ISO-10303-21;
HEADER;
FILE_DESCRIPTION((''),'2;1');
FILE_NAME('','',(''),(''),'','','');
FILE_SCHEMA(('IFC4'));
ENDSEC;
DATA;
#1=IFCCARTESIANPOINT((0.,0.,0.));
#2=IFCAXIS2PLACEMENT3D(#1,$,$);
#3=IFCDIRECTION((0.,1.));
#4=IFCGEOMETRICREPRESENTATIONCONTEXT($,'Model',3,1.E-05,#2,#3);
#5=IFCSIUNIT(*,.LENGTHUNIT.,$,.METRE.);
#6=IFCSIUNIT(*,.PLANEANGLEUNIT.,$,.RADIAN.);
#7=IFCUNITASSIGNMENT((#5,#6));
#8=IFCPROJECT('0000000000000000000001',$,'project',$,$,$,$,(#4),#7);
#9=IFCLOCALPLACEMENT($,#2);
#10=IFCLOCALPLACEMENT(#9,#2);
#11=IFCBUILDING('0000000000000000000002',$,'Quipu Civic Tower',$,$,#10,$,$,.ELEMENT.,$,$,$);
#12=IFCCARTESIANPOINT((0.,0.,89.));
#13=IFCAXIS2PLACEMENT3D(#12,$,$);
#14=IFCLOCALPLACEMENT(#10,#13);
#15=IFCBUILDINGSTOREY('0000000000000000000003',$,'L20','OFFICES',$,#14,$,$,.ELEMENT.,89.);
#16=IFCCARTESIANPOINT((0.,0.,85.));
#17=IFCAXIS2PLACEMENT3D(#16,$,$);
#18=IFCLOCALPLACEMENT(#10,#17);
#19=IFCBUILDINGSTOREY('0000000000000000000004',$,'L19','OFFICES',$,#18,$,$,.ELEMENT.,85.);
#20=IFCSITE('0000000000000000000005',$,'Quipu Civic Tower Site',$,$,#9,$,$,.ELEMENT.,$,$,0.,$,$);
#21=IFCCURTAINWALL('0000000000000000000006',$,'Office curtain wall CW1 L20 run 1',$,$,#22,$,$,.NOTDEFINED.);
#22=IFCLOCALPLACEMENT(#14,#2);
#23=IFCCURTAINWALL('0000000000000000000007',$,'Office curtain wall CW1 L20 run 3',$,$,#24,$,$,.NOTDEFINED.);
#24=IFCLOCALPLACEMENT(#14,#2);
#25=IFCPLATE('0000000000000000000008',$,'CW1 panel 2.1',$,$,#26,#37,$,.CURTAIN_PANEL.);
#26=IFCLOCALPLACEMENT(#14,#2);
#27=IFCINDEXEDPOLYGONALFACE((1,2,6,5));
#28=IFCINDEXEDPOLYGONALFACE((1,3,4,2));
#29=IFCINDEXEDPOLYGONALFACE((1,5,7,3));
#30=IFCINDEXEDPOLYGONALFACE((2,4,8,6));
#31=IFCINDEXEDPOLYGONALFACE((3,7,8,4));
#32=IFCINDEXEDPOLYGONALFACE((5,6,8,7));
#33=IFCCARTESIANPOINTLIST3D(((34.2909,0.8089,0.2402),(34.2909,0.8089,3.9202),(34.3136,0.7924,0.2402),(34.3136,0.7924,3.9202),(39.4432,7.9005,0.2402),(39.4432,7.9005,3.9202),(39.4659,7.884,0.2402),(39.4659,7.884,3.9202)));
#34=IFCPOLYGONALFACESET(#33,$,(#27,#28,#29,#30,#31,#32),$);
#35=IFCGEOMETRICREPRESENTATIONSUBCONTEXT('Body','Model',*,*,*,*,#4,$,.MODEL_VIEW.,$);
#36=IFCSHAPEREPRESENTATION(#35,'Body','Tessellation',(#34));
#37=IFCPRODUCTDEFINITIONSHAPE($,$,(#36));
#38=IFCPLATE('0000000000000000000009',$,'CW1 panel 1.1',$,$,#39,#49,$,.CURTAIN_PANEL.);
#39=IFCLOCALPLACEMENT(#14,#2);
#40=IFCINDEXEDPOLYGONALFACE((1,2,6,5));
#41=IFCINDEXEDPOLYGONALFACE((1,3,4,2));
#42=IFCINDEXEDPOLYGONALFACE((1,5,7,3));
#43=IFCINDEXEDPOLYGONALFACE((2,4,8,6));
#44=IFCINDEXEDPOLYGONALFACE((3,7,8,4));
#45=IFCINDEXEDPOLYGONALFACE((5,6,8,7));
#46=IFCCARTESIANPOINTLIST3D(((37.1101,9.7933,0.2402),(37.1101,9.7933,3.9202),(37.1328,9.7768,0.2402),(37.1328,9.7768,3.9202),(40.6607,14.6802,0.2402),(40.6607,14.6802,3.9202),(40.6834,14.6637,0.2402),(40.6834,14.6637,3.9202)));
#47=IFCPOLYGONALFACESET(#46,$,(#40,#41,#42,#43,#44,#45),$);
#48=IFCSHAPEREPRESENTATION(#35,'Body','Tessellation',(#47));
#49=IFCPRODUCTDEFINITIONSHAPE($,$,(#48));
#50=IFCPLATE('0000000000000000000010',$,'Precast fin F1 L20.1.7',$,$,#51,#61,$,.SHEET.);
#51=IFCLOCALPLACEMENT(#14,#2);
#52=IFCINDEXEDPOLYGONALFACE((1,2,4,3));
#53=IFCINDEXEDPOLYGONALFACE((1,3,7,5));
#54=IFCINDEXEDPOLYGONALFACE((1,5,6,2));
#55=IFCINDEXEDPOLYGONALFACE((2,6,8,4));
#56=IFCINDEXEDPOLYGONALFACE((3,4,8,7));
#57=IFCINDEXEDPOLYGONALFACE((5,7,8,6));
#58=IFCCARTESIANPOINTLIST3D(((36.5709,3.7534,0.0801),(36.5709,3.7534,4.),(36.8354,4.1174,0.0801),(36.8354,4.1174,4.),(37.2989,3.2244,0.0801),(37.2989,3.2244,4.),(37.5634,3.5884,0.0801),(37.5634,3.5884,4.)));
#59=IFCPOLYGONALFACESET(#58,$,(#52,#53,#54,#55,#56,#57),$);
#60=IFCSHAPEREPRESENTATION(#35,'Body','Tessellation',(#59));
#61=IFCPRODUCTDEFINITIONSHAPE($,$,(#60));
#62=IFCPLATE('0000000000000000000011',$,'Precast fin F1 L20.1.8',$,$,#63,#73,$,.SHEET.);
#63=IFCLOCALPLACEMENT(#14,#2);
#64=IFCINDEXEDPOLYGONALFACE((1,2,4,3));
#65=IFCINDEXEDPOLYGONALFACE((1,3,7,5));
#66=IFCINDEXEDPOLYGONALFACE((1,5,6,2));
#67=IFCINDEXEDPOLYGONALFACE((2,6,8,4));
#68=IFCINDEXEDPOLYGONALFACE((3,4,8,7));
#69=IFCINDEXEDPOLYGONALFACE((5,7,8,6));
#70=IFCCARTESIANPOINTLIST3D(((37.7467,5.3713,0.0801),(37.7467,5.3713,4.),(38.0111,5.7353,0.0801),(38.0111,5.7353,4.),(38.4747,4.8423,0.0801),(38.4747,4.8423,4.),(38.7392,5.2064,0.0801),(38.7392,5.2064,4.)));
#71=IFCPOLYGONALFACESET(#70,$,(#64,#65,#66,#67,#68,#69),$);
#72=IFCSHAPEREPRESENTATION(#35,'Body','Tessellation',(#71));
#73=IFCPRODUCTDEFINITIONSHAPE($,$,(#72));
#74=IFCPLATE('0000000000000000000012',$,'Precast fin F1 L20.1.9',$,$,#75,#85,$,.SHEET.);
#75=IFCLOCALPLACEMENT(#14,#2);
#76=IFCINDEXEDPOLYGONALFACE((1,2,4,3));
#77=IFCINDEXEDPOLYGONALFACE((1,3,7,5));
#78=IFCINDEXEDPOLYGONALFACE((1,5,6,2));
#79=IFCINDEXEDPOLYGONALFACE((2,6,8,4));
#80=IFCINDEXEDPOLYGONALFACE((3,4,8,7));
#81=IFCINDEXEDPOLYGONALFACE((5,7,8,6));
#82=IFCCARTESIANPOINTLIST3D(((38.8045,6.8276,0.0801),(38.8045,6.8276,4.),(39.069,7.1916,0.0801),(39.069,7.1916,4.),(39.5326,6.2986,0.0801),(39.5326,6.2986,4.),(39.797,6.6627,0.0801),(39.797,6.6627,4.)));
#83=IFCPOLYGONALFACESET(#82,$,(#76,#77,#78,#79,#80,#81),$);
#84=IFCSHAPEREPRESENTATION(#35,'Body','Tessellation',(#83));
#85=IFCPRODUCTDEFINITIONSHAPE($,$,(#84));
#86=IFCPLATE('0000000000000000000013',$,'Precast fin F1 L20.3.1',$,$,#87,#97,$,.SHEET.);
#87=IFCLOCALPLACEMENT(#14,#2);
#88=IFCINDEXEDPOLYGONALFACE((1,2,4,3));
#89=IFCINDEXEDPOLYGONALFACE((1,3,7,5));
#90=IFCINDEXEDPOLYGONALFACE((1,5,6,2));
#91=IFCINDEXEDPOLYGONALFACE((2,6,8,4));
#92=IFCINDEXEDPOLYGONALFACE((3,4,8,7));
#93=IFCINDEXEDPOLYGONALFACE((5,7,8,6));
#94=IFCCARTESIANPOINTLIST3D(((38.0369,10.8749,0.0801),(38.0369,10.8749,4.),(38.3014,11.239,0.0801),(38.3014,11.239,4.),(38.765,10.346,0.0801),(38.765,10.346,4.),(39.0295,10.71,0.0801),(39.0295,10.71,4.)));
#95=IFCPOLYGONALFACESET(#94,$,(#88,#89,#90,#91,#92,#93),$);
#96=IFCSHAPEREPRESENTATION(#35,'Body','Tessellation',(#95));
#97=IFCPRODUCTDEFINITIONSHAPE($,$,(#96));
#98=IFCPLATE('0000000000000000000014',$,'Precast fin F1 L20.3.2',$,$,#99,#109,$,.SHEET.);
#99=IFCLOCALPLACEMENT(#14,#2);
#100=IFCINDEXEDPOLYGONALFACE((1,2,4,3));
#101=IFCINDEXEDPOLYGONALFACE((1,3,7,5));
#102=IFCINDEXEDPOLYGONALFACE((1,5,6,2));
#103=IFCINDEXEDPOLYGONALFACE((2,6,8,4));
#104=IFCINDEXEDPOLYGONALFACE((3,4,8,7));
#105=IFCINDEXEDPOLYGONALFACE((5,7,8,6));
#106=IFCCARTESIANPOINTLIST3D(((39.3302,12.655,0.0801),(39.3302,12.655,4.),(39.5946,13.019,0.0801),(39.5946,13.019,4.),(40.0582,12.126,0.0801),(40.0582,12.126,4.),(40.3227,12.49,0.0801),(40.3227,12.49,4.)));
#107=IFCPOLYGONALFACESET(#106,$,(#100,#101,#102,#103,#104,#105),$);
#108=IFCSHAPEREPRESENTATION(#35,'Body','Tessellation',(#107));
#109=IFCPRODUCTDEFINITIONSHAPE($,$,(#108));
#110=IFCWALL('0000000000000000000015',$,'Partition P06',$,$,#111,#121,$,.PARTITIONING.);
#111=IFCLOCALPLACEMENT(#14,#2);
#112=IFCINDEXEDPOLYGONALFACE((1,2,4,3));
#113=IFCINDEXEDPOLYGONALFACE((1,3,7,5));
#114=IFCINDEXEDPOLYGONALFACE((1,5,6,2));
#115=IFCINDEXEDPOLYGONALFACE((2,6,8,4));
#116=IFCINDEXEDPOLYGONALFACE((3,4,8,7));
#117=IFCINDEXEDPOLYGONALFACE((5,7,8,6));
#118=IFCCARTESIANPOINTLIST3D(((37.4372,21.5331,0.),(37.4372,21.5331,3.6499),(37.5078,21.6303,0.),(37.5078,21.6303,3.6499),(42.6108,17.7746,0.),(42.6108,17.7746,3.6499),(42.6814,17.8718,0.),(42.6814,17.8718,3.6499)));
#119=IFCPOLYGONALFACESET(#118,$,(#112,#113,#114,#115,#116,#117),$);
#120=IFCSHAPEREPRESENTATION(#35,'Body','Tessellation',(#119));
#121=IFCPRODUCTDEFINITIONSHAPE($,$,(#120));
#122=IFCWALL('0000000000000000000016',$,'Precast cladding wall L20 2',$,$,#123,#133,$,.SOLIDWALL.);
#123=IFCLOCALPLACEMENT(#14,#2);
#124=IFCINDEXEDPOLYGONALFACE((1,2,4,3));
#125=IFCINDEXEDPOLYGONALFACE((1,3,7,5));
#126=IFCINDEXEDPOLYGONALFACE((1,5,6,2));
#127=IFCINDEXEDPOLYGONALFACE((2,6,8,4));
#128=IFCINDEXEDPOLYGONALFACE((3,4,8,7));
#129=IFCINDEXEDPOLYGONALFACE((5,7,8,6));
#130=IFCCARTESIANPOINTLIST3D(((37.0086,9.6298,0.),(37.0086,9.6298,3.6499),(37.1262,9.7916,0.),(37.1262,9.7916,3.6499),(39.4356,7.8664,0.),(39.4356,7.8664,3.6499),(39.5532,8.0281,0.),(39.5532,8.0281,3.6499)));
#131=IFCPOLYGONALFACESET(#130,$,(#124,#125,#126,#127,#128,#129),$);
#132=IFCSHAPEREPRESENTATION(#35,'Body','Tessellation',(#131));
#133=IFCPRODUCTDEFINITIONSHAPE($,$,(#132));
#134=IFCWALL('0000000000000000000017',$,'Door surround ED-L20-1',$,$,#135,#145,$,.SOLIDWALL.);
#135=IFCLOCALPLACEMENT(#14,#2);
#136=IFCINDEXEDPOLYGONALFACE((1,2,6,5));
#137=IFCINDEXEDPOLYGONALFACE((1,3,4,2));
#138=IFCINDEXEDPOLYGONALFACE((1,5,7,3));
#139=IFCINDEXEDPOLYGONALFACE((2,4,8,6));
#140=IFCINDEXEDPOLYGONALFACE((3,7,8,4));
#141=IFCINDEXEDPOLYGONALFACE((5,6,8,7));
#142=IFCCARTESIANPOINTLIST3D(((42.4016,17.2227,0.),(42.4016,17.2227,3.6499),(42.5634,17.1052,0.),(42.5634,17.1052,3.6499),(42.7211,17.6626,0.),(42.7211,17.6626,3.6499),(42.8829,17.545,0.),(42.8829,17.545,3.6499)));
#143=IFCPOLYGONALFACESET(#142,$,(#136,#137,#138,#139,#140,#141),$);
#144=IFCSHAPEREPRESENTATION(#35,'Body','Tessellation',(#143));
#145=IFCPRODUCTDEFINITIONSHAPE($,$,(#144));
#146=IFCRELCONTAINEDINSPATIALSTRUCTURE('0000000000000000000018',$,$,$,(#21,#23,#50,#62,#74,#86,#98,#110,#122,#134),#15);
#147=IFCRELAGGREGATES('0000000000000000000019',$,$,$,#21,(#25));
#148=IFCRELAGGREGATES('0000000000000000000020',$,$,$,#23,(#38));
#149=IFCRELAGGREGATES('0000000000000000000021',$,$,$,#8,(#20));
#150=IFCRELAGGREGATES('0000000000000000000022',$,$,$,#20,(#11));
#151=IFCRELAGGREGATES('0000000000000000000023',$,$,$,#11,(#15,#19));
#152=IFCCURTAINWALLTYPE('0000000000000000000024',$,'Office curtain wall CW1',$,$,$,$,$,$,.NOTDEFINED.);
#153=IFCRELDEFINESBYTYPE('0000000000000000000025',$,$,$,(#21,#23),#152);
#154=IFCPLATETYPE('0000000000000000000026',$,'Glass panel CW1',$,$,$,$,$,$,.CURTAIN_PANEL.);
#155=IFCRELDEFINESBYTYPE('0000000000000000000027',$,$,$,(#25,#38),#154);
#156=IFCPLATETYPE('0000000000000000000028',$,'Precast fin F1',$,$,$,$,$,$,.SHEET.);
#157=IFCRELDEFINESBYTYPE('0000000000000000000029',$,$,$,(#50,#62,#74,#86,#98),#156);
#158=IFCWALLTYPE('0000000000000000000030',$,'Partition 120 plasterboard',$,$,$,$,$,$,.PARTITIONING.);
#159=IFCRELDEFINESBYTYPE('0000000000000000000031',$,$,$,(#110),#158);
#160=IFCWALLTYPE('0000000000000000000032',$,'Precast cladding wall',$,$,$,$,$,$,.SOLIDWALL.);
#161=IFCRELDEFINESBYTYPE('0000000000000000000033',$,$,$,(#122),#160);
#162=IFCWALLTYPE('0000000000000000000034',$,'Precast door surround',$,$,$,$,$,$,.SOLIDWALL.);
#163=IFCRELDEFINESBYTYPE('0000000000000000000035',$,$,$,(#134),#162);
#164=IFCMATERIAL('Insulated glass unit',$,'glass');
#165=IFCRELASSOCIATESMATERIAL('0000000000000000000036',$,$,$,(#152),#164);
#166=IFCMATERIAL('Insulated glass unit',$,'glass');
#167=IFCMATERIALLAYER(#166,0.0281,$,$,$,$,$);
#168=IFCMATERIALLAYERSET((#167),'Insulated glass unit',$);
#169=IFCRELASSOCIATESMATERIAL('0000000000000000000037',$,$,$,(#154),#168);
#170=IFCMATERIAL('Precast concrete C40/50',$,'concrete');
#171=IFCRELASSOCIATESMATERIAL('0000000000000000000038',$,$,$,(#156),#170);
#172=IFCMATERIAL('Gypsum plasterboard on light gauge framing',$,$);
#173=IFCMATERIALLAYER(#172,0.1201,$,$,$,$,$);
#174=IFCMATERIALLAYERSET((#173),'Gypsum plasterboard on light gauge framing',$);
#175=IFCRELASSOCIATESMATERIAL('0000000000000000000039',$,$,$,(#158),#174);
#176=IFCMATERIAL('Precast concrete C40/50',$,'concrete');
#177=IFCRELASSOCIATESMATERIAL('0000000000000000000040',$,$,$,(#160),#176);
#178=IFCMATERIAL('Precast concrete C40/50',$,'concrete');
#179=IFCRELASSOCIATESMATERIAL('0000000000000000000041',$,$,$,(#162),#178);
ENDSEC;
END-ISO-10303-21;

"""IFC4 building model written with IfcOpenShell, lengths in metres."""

from ifc_helpers import new_model, si_unit, direction, frame, frame_2d, origin, origin_2d, place, context, subcontext, project, spatial, rectangle, extrude, material, layer, layer_set, type_object, element, aggregate, save


model = new_model("IFC4")

# Units and contexts
model_context = context("Model", 3, precision=1e-05, world=origin(), true_north=direction((0.0, 1.0)))
body_context = subcontext(model_context, "Body", "Model", "MODEL_VIEW")
ifc_project = project(units=[si_unit("LENGTHUNIT", "METRE"), si_unit("PLANEANGLEUNIT", "RADIAN")], contexts=[model_context])

# Site, building, storey
site_placement = place(None, origin())
site = spatial("IfcSite", under=ifc_project, at=site_placement, Name="Quipu Civic Tower Site", CompositionType="ELEMENT", RefElevation=0.0)
building_placement = place(site_placement, origin())
building = spatial("IfcBuilding", under=site, at=building_placement, Name="Quipu Civic Tower", CompositionType="ELEMENT")
storey_1_placement = place(building_placement, frame((0.0, 0.0, 89.0)))
storey_1 = spatial("IfcBuildingStorey", under=building, at=storey_1_placement, Name="L20", Description="OFFICES", CompositionType="ELEMENT", Elevation=89.0)

# Curtain wall
ifc_material_1 = material(Name="Insulated glass unit", Category="glass")
curtain_wall_type = type_object("IfcCurtainWallType", Name="Office curtain wall CW1", PredefinedType="NOTDEFINED", material=ifc_material_1)
curtain_wall_1_placement = place(storey_1_placement, origin())
curtain_wall_1 = element("IfcCurtainWall", 1, at=curtain_wall_1_placement, inside=storey_1, type_object=curtain_wall_type, Name="Office curtain wall CW1 L20 run 1", PredefinedType="NOTDEFINED")

# Curtain wall
curtain_wall_2_placement = place(storey_1_placement, origin())
curtain_wall_2 = element("IfcCurtainWall", 2, at=curtain_wall_2_placement, inside=storey_1, type_object=curtain_wall_type, Name="Office curtain wall CW1 L20 run 3", PredefinedType="NOTDEFINED")

# Shared definitions
storey_2_placement = place(building_placement, frame((0.0, 0.0, 85.0)))
storey_2 = spatial("IfcBuildingStorey", under=building, at=storey_2_placement, Name="L19", Description="OFFICES", CompositionType="ELEMENT", Elevation=85.0)

# Plates
ifc_material_2 = material(Name="Insulated glass unit", Category="glass")
ifc_layer_1 = layer(ifc_material_2, 0.0281)
ifc_layer_set_1 = layer_set([ifc_layer_1], Name="Insulated glass unit")
plate_type_1 = type_object("IfcPlateType", Name="Glass panel CW1", PredefinedType="CURTAIN_PANEL", material=ifc_layer_set_1)
plate_1_placement = place(storey_1_placement, frame((36.8784, 4.3464, 0.2402), z_axis=(0.0, 0.0, 1.0), x_axis=(0.587786, 0.809016, 0.0)))
plate_1 = element("IfcPlate", 3, at=plate_1_placement, type_object=plate_type_1, Name="CW1 panel 2.1", PredefinedType="CURTAIN_PANEL", context=body_context, shape_type="SweptSolid", body=[
    extrude(rectangle(XDim=8.7656, YDim=0.0281, at=origin_2d()), origin(), (0.0, 0.0, 1.0), 3.6799),
])
aggregate(curtain_wall_1, [plate_1])
plate_2_placement = place(storey_1_placement, frame((38.8967, 12.2285, 0.2402), z_axis=(0.0, 0.0, 1.0), x_axis=(0.58779, 0.809014, 0.0)))
plate_2 = element("IfcPlate", 4, at=plate_2_placement, type_object=plate_type_1, Name="CW1 panel 1.1", PredefinedType="CURTAIN_PANEL", context=body_context, shape_type="SweptSolid", body=[
    extrude(rectangle(XDim=6.0405, YDim=0.0281, at=origin_2d()), origin(), (0.0, 0.0, 1.0), 3.6799),
])
aggregate(curtain_wall_2, [plate_2])

# Plates
ifc_material_3 = material(Name="Precast concrete C40/50", Category="concrete")
plate_type_2 = type_object("IfcPlateType", Name="Precast fin F1", PredefinedType="SHEET", material=ifc_material_3)
for number, where, z_axis, x_axis, name in (
    (5, (37.0671, 3.6709, 0.0801), (0.0, 0.0, 1.0), (0.587787, 0.809016, 0.0), "Precast fin F1 L20.1.7"),
    (6, (38.2429, 5.2888, 0.0801), (0.0, 0.0, 1.0), (0.587787, 0.809016, 0.0), "Precast fin F1 L20.1.8"),
    (7, (39.3008, 6.7451, 0.0801), (0.0, 0.0, 1.0), (0.587787, 0.809016, 0.0), "Precast fin F1 L20.1.9"),
    (8, (38.5332, 10.7925, 0.0801), (0.0, 0.0, 1.0), (0.587786, 0.809016, 0.0), "Precast fin F1 L20.3.1"),
    (9, (39.8264, 12.5725, 0.0801), (0.0, 0.0, 1.0), (0.587786, 0.809016, 0.0), "Precast fin F1 L20.3.2"),
):
    element("IfcPlate", number, at=place(storey_1_placement, frame(where, z_axis=z_axis, x_axis=x_axis)), inside=storey_1, type_object=plate_type_2, Name=name, PredefinedType="SHEET", context=body_context, shape_type="SweptSolid", body=[
        extrude(rectangle(XDim=0.45, YDim=0.8999, at=origin_2d()), origin(), (0.0, 0.0, 1.0), 3.9199),
    ])

# Walls
ifc_material_4 = material(Name="Gypsum plasterboard on light gauge framing")
ifc_layer_2 = layer(ifc_material_4, 0.1201)
ifc_layer_set_2 = layer_set([ifc_layer_2], Name="Gypsum plasterboard on light gauge framing")
wall_type_1 = type_object("IfcWallType", Name="Partition 120 plasterboard", PredefinedType="PARTITIONING", material=ifc_layer_set_2)
wall_1_placement = place(storey_1_placement, frame((42.646, 17.8232, 0.0), z_axis=(0.0, 0.0, 1.0), x_axis=(-0.809038, 0.587756, 0.0)))
element("IfcWall", 10, at=wall_1_placement, inside=storey_1, type_object=wall_type_1, Name="Partition P06", PredefinedType="PARTITIONING", context=body_context, shape_type="SweptSolid", body=[
    extrude(rectangle(XDim=6.3948, YDim=0.1201, at=frame_2d((3.1973, 0.0))), origin(), (0.0, 0.0, 1.0), 3.6499),
])
ifc_material_5 = material(Name="Precast concrete C40/50", Category="concrete")
wall_type_2 = type_object("IfcWallType", Name="Precast cladding wall", PredefinedType="SOLIDWALL", material=ifc_material_5)
wall_2_placement = place(storey_1_placement, frame((39.4944, 7.9473, 0.0), z_axis=(0.0, 0.0, 1.0), x_axis=(-0.809, 0.587809, 0.0)))
element("IfcWall", 11, at=wall_2_placement, inside=storey_1, type_object=wall_type_2, Name="Precast cladding wall L20 2", PredefinedType="SOLIDWALL", context=body_context, shape_type="SweptSolid", body=[
    extrude(rectangle(XDim=3.0, YDim=0.2, at=frame_2d((1.5, 0.0))), origin(), (0.0, 0.0, 1.0), 3.6499),
])

# Shared definitions
ifc_material_6 = material(Name="Precast concrete C40/50", Category="concrete")
wall_type_3 = type_object("IfcWallType", Name="Precast door surround", PredefinedType="SOLIDWALL", material=ifc_material_6)

# Wall
wall_3_placement = place(storey_1_placement, frame((42.4824, 17.1638, 0.0), z_axis=(0.0, 0.0, 1.0), x_axis=(0.587718, 0.809066, 0.0)))
element("IfcWall", 12, at=wall_3_placement, inside=storey_1, type_object=wall_type_3, Name="Door surround ED-L20-1", PredefinedType="SOLIDWALL", context=body_context, shape_type="SweptSolid", body=[
    extrude(rectangle(XDim=0.5437, YDim=0.2, at=frame_2d((0.272, 0.0))), origin(), (0.0, 0.0, 1.0), 3.6499),
])

save(model, "model.ifc")
